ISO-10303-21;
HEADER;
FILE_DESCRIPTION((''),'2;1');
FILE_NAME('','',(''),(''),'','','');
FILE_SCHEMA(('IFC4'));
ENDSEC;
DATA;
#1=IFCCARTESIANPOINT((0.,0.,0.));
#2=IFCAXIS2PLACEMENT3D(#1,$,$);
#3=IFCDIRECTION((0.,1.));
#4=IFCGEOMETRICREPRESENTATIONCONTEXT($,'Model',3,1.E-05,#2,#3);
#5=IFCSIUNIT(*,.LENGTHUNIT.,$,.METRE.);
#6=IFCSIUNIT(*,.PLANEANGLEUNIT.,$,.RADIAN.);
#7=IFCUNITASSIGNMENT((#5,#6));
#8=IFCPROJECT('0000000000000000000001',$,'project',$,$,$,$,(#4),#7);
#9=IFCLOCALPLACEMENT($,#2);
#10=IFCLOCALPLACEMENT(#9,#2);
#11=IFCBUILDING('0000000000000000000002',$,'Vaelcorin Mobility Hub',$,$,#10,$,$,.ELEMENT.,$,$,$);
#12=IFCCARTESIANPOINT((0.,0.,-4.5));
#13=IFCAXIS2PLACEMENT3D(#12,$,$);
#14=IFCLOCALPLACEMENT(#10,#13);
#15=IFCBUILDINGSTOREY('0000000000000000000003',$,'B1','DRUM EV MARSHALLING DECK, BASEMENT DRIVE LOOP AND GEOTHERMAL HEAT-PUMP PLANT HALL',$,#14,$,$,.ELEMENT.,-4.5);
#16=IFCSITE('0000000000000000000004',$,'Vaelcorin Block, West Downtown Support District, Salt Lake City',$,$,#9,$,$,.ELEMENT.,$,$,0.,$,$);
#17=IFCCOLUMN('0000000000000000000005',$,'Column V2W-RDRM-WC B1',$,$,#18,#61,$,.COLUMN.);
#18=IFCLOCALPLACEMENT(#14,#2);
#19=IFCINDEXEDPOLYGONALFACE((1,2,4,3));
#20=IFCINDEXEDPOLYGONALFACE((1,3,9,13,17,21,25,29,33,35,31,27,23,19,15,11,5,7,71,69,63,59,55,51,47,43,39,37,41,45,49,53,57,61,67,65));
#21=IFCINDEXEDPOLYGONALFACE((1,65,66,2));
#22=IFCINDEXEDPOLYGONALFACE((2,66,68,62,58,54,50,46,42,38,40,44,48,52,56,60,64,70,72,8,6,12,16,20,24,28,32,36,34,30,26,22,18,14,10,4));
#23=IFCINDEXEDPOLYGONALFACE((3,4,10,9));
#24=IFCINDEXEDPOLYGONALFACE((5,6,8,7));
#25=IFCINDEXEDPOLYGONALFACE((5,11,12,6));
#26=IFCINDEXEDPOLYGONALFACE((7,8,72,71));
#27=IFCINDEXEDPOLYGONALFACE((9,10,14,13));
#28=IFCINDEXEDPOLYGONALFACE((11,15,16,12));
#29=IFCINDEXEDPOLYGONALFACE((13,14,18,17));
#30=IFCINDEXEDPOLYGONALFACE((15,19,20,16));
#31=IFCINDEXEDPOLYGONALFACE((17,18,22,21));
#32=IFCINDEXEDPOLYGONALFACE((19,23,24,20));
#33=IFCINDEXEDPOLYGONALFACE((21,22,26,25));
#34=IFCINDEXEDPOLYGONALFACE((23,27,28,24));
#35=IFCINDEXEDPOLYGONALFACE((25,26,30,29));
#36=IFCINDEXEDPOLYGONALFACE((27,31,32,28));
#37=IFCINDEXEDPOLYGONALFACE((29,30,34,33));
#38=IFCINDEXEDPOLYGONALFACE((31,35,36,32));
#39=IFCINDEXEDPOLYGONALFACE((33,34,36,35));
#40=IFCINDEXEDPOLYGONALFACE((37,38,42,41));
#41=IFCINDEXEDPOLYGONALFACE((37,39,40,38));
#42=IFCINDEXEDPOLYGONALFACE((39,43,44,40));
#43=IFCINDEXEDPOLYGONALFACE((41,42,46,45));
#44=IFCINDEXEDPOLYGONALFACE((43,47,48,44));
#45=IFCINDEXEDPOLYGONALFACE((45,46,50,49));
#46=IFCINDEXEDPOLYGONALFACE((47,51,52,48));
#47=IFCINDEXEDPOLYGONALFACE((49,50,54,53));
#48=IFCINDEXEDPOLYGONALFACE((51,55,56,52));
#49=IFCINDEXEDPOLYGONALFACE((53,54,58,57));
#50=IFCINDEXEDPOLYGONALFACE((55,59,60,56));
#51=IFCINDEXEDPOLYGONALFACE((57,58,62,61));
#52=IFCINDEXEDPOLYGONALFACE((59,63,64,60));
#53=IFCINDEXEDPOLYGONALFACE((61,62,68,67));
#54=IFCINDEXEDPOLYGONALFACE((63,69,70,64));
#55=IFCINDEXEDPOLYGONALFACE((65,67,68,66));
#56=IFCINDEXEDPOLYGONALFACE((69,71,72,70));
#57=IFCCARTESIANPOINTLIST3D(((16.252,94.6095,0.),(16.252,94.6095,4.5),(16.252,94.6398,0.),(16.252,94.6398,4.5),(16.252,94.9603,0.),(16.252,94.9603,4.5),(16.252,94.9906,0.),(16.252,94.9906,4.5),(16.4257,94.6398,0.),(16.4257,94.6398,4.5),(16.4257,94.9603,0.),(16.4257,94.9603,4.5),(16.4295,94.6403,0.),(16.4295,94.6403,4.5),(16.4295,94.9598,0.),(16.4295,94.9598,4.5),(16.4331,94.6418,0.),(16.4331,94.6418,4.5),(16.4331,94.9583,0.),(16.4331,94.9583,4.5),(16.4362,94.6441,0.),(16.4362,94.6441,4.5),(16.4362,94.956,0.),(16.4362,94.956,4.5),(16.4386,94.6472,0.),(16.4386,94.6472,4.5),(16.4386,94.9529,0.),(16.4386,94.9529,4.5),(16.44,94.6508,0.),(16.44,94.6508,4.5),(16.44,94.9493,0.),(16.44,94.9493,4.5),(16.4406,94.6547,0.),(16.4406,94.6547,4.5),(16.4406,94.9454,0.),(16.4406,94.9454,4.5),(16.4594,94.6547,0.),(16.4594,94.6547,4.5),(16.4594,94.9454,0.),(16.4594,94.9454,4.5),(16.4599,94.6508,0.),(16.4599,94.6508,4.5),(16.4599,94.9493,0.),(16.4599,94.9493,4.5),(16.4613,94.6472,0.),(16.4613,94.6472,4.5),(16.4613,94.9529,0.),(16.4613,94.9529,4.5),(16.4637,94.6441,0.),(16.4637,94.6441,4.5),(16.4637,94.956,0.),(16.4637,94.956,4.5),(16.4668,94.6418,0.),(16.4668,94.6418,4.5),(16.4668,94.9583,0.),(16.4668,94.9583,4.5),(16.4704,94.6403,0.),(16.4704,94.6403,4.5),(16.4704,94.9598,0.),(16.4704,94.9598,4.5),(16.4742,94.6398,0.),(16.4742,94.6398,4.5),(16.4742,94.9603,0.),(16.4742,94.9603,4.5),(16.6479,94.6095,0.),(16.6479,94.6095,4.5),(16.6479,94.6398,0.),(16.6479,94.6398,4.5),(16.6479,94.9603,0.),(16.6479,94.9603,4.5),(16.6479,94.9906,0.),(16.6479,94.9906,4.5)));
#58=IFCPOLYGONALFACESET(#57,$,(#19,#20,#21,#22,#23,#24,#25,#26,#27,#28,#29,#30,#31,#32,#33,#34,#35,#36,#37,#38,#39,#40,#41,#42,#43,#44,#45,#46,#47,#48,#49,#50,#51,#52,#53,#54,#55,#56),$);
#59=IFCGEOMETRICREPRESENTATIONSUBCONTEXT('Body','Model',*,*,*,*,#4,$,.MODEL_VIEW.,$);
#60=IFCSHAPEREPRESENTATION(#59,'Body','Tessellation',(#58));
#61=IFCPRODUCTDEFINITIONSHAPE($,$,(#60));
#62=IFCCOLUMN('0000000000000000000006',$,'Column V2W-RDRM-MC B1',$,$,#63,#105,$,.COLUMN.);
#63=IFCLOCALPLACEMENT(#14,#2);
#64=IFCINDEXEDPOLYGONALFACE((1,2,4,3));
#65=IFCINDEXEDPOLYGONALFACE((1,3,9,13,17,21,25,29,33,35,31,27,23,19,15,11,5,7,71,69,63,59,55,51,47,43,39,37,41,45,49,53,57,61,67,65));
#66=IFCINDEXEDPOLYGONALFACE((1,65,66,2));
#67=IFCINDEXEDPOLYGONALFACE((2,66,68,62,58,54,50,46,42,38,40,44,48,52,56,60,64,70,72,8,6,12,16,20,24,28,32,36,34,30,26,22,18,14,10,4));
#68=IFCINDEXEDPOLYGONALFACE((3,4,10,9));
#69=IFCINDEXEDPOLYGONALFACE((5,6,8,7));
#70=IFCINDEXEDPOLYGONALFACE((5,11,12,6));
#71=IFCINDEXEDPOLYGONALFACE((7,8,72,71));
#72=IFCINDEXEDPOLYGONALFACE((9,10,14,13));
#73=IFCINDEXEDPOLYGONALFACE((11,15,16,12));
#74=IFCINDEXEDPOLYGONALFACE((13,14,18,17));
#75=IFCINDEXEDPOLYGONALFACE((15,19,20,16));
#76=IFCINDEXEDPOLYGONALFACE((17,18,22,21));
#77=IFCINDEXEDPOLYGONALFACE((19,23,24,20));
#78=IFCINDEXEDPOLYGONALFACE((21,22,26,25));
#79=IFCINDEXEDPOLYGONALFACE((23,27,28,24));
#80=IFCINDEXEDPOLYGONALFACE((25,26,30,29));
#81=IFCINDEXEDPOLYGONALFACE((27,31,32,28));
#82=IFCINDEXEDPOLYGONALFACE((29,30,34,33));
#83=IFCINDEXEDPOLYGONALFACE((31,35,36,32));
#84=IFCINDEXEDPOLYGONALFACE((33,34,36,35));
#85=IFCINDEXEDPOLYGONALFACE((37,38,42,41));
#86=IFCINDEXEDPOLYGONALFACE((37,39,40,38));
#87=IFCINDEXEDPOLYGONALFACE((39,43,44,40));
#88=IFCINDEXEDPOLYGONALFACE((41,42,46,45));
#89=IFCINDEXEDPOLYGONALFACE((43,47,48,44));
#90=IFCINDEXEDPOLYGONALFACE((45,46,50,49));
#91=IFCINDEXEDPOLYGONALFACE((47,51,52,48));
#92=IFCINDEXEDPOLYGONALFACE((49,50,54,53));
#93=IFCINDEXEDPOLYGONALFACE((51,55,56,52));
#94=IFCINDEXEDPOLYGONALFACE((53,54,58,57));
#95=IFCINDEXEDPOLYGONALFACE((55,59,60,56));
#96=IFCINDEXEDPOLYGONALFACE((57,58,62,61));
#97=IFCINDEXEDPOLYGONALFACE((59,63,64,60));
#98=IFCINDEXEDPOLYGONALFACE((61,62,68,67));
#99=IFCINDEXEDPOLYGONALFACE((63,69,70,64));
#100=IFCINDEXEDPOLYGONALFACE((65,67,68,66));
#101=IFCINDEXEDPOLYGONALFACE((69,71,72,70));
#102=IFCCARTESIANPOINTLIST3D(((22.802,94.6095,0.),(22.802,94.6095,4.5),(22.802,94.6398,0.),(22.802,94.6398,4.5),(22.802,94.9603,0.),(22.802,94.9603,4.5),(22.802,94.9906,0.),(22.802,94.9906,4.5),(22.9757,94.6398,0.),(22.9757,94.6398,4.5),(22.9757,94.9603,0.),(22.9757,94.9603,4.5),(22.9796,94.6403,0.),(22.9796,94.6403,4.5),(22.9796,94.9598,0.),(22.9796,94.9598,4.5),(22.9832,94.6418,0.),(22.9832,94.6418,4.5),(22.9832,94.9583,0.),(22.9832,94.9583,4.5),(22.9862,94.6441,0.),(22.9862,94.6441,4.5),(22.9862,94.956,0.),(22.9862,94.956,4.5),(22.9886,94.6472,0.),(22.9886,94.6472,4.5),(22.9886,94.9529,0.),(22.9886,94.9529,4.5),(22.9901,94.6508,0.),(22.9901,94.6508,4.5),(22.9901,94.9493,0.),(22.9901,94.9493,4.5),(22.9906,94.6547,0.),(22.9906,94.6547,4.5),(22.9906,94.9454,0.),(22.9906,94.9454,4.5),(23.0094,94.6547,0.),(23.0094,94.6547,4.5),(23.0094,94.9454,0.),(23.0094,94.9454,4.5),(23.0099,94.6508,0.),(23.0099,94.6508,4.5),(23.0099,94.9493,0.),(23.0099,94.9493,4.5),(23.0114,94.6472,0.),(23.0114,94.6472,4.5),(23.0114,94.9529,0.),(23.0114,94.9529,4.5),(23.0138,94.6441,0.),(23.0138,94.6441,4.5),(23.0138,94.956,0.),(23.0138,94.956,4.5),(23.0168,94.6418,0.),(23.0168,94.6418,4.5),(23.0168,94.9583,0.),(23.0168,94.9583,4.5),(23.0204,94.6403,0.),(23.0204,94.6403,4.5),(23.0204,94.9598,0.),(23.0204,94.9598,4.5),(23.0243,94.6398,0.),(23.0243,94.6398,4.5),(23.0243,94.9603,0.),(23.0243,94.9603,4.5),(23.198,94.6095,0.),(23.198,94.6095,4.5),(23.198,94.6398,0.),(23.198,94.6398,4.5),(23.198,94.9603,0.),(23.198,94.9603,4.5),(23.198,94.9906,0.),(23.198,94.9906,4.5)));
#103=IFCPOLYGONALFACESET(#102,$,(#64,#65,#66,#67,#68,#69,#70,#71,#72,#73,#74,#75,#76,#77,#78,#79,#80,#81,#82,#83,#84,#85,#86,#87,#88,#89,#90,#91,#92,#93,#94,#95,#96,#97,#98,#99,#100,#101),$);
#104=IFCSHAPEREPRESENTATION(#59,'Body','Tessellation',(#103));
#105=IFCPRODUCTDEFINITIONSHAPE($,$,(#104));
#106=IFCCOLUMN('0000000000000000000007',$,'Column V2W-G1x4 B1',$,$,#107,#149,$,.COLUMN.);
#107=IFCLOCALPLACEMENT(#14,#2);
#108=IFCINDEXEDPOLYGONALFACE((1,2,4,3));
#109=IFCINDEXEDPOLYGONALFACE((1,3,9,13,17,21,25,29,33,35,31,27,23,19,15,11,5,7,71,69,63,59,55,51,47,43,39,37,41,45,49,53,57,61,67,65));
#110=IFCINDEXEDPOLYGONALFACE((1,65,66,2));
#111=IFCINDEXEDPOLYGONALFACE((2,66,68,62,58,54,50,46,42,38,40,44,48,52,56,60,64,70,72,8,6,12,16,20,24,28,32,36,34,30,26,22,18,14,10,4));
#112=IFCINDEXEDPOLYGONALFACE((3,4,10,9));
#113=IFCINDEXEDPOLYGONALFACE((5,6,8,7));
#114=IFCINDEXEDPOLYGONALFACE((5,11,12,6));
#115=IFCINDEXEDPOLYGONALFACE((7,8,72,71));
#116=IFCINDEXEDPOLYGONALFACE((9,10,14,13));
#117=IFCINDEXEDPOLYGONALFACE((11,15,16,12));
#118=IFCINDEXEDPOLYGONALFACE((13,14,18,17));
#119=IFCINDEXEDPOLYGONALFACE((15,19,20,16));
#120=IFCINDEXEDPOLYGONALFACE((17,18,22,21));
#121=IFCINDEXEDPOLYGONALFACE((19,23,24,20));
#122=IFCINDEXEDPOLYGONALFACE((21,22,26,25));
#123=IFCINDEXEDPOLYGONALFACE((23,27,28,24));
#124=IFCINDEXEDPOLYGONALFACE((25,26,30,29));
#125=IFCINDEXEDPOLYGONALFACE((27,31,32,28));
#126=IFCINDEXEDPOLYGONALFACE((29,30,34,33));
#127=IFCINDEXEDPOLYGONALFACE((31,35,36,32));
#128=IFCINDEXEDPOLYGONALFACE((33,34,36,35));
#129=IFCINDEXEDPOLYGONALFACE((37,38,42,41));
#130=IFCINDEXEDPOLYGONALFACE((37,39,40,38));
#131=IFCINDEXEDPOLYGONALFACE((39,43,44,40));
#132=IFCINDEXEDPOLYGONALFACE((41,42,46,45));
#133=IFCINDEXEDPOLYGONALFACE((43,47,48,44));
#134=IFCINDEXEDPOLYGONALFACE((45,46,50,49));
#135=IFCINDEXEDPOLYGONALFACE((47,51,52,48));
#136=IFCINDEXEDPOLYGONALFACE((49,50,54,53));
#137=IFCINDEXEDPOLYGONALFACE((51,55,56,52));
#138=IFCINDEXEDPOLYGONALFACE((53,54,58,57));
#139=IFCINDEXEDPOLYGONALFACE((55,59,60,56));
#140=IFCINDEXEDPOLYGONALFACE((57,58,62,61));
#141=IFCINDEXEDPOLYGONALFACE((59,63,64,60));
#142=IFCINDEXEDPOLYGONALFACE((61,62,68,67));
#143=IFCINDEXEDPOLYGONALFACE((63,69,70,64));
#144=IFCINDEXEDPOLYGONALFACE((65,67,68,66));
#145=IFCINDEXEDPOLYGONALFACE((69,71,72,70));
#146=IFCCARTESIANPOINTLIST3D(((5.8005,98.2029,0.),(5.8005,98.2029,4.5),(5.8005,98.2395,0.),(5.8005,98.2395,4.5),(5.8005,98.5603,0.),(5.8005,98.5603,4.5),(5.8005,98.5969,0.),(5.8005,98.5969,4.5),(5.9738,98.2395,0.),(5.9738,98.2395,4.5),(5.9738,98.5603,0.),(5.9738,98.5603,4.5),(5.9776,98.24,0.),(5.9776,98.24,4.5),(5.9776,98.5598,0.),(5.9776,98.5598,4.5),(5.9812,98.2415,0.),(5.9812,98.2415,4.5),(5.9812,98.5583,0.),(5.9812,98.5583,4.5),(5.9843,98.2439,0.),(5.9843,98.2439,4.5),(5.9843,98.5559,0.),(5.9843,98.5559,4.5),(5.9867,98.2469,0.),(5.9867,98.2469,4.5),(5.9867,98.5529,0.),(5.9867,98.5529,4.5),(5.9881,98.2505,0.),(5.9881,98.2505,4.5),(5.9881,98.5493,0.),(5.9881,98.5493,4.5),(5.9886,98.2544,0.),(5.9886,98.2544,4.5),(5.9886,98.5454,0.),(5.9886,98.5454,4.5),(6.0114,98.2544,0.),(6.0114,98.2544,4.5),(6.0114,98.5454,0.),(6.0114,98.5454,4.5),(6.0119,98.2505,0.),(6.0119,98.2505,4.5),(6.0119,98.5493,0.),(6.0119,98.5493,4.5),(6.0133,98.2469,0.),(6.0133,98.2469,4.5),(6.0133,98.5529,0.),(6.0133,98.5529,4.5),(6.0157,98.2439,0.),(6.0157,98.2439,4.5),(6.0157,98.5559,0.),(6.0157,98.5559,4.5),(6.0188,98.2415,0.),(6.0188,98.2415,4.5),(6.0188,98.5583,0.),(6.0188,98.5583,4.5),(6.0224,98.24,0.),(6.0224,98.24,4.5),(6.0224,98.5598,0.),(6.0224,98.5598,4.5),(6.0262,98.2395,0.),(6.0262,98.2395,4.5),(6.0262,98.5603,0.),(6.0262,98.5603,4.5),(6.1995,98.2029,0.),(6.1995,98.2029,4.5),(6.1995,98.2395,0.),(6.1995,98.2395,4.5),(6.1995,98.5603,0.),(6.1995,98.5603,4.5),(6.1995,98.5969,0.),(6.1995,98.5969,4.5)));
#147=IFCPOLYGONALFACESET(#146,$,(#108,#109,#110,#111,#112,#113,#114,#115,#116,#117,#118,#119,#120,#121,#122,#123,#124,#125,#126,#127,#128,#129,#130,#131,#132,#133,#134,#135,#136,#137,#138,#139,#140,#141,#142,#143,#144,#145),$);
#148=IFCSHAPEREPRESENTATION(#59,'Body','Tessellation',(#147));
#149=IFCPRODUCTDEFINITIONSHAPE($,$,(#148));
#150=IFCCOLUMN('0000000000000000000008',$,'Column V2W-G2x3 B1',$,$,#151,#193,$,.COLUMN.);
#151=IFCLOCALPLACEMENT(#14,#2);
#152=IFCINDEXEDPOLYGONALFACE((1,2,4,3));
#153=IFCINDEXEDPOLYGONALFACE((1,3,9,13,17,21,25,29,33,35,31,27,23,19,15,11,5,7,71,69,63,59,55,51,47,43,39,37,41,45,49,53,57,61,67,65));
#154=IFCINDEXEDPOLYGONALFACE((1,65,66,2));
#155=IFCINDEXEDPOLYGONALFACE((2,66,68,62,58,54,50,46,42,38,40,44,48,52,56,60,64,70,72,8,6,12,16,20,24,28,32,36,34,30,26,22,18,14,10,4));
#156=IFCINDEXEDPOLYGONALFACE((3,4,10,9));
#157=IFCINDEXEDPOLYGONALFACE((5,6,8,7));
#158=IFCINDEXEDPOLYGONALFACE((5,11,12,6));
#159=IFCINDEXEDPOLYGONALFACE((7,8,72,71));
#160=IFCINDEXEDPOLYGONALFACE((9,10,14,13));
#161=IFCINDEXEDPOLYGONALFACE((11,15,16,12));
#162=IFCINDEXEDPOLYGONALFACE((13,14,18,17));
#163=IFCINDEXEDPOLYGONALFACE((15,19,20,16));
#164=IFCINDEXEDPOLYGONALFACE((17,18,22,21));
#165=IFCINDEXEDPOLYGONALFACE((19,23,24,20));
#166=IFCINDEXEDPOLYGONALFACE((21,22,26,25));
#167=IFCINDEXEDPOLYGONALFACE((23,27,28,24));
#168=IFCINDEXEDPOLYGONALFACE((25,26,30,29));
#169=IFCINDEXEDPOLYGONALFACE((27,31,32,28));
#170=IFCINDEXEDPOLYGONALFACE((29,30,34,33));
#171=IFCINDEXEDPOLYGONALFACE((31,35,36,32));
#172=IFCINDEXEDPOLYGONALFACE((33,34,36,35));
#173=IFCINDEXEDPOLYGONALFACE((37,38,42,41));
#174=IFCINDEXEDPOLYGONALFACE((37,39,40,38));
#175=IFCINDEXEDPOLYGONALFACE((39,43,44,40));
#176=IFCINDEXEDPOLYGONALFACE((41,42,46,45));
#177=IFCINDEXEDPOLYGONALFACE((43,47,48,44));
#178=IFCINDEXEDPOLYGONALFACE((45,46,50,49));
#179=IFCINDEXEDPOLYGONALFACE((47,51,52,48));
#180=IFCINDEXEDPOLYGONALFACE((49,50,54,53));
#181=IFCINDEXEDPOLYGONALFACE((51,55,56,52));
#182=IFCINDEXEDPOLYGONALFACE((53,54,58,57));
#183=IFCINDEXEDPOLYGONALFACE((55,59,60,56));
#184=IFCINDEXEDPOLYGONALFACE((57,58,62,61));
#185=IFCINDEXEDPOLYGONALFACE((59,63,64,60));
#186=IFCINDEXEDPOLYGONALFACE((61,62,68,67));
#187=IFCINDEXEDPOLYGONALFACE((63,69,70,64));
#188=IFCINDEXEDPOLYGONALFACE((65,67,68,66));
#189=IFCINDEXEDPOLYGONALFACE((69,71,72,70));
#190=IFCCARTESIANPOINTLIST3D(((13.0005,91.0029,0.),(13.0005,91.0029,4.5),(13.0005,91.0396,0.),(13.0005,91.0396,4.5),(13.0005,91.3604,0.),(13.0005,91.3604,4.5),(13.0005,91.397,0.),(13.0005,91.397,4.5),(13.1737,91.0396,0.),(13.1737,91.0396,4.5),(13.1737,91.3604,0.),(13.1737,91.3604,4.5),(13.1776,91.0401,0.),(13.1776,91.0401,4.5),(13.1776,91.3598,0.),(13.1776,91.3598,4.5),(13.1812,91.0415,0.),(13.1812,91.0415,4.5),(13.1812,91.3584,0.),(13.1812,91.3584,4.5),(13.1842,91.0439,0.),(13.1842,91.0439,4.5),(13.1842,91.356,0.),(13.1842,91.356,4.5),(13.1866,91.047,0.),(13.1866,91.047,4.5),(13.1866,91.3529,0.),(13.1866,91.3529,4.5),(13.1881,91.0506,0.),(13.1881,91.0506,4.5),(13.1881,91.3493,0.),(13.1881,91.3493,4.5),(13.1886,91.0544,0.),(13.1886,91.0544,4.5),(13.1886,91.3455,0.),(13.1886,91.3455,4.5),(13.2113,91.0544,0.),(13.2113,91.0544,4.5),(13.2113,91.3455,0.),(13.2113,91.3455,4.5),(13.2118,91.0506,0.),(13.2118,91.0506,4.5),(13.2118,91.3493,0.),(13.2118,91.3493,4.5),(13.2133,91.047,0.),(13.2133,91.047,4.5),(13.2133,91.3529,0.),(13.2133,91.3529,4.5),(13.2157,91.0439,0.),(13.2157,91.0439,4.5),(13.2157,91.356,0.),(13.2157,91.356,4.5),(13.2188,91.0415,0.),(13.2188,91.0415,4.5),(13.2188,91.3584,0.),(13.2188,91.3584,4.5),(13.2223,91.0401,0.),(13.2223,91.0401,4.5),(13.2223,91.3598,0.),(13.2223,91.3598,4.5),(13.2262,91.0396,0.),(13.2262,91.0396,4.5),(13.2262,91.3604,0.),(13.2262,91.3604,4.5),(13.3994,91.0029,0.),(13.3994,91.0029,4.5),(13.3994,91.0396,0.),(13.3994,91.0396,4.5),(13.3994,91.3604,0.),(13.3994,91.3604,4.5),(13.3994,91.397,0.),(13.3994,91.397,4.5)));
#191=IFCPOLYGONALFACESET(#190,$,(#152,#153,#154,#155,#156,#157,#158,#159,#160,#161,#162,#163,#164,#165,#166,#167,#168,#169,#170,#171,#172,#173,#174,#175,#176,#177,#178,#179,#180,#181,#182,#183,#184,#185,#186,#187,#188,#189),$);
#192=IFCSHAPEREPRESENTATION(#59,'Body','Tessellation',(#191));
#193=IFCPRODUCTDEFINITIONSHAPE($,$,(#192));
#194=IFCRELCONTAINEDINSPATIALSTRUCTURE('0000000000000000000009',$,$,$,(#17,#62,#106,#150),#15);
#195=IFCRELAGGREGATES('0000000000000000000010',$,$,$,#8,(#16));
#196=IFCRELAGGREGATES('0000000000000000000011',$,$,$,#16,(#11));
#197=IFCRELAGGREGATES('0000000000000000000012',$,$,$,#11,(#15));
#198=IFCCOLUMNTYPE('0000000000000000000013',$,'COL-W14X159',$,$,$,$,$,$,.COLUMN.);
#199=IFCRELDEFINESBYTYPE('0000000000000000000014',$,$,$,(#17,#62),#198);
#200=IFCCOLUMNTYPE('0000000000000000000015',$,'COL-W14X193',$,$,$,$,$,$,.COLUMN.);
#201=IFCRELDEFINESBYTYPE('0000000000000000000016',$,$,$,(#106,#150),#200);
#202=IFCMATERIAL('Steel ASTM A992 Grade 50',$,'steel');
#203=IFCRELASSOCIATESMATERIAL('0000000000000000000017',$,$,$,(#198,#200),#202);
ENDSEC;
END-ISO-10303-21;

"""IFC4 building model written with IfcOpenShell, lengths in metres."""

from ifc_helpers import new_model, si_unit, direction, frame, origin, origin_2d, place, context, subcontext, project, spatial, i_section, extrude, material, material_profile, profile_set, type_object, element, save


model = new_model("IFC4")

# Units and contexts
model_context = context("Model", 3, precision=1e-05, world=origin(), true_north=direction((0.0, 1.0)))
body_context = subcontext(model_context, "Body", "Model", "MODEL_VIEW")
ifc_project = project(units=[si_unit("LENGTHUNIT", "METRE"), si_unit("PLANEANGLEUNIT", "RADIAN")], contexts=[model_context])

# Site, building, storey
site_placement = place(None, origin())
site = spatial("IfcSite", under=ifc_project, at=site_placement, Name="Vaelcorin Block, West Downtown Support District, Salt Lake City", CompositionType="ELEMENT", RefElevation=0.0)
building_placement = place(site_placement, origin())
building = spatial("IfcBuilding", under=site, at=building_placement, Name="Vaelcorin Mobility Hub", CompositionType="ELEMENT")
storey_placement = place(building_placement, frame((0.0, 0.0, -4.5)))
storey = spatial("IfcBuildingStorey", under=building, at=storey_placement, Name="B1", Description="DRUM EV MARSHALLING DECK, BASEMENT DRIVE LOOP AND GEOTHERMAL HEAT-PUMP PLANT HALL", CompositionType="ELEMENT", Elevation=-4.5)

# Columns
ifc_material_1 = material(Name="Steel ASTM A992 Grade 50", Category="steel")
ifc_material_profile_1 = material_profile(ifc_material_1, i_section(OverallWidth=0.396, OverallDepth=0.3811, WebThickness=0.0188, FlangeThickness=0.0303, FilletRadius=0.0149, at=origin_2d()), Name="W14X159")
ifc_profile_set_1 = profile_set([ifc_material_profile_1], Name="Steel ASTM A992 Grade 50")
column_type_1 = type_object("IfcColumnType", Name="COL-W14X159", PredefinedType="COLUMN", material=ifc_profile_set_1)
for number, where, z_axis, x_axis, name in (
    (1, (16.45, 94.8, 0.0), (0.0, 0.0, 1.0), (1.0, 0.0, 0.0), "Column V2W-RDRM-WC B1"),
    (2, (23.0, 94.8, 0.0), (0.0, 0.0, 1.0), (1.0, 0.0, 0.0), "Column V2W-RDRM-MC B1"),
):
    element("IfcColumn", number, at=place(storey_placement, frame(where, z_axis=z_axis, x_axis=x_axis)), inside=storey, type_object=column_type_1, Name=name, PredefinedType="COLUMN", context=body_context, shape_type="SweptSolid", body=[
        extrude(i_section(OverallWidth=0.396, OverallDepth=0.3811, WebThickness=0.0188, FlangeThickness=0.0303, FilletRadius=0.0149, at=origin_2d()), origin(), (0.0, 0.0, 1.0), 4.5),
    ])
ifc_material_profile_2 = material_profile(ifc_material_1, i_section(OverallWidth=0.3989, OverallDepth=0.394, WebThickness=0.0227, FlangeThickness=0.0366, FilletRadius=0.0149, at=origin_2d()), Name="W14X193")
ifc_profile_set_2 = profile_set([ifc_material_profile_2], Name="Steel ASTM A992 Grade 50")
column_type_2 = type_object("IfcColumnType", Name="COL-W14X193", PredefinedType="COLUMN", material=ifc_profile_set_2)
for number, where, z_axis, x_axis, name in (
    (3, (6.0, 98.3999, 0.0), (0.0, 0.0, 1.0), (1.0, 0.0, 0.0), "Column V2W-G1x4 B1"),
    (4, (13.2, 91.2, 0.0), (0.0, 0.0, 1.0), (1.0, 0.0, 0.0), "Column V2W-G2x3 B1"),
):
    element("IfcColumn", number, at=place(storey_placement, frame(where, z_axis=z_axis, x_axis=x_axis)), inside=storey, type_object=column_type_2, Name=name, PredefinedType="COLUMN", context=body_context, shape_type="SweptSolid", body=[
        extrude(i_section(OverallWidth=0.3989, OverallDepth=0.394, WebThickness=0.0227, FlangeThickness=0.0366, FilletRadius=0.0149, at=origin_2d()), origin(), (0.0, 0.0, 1.0), 4.5),
    ])

save(model, "model.ifc")
